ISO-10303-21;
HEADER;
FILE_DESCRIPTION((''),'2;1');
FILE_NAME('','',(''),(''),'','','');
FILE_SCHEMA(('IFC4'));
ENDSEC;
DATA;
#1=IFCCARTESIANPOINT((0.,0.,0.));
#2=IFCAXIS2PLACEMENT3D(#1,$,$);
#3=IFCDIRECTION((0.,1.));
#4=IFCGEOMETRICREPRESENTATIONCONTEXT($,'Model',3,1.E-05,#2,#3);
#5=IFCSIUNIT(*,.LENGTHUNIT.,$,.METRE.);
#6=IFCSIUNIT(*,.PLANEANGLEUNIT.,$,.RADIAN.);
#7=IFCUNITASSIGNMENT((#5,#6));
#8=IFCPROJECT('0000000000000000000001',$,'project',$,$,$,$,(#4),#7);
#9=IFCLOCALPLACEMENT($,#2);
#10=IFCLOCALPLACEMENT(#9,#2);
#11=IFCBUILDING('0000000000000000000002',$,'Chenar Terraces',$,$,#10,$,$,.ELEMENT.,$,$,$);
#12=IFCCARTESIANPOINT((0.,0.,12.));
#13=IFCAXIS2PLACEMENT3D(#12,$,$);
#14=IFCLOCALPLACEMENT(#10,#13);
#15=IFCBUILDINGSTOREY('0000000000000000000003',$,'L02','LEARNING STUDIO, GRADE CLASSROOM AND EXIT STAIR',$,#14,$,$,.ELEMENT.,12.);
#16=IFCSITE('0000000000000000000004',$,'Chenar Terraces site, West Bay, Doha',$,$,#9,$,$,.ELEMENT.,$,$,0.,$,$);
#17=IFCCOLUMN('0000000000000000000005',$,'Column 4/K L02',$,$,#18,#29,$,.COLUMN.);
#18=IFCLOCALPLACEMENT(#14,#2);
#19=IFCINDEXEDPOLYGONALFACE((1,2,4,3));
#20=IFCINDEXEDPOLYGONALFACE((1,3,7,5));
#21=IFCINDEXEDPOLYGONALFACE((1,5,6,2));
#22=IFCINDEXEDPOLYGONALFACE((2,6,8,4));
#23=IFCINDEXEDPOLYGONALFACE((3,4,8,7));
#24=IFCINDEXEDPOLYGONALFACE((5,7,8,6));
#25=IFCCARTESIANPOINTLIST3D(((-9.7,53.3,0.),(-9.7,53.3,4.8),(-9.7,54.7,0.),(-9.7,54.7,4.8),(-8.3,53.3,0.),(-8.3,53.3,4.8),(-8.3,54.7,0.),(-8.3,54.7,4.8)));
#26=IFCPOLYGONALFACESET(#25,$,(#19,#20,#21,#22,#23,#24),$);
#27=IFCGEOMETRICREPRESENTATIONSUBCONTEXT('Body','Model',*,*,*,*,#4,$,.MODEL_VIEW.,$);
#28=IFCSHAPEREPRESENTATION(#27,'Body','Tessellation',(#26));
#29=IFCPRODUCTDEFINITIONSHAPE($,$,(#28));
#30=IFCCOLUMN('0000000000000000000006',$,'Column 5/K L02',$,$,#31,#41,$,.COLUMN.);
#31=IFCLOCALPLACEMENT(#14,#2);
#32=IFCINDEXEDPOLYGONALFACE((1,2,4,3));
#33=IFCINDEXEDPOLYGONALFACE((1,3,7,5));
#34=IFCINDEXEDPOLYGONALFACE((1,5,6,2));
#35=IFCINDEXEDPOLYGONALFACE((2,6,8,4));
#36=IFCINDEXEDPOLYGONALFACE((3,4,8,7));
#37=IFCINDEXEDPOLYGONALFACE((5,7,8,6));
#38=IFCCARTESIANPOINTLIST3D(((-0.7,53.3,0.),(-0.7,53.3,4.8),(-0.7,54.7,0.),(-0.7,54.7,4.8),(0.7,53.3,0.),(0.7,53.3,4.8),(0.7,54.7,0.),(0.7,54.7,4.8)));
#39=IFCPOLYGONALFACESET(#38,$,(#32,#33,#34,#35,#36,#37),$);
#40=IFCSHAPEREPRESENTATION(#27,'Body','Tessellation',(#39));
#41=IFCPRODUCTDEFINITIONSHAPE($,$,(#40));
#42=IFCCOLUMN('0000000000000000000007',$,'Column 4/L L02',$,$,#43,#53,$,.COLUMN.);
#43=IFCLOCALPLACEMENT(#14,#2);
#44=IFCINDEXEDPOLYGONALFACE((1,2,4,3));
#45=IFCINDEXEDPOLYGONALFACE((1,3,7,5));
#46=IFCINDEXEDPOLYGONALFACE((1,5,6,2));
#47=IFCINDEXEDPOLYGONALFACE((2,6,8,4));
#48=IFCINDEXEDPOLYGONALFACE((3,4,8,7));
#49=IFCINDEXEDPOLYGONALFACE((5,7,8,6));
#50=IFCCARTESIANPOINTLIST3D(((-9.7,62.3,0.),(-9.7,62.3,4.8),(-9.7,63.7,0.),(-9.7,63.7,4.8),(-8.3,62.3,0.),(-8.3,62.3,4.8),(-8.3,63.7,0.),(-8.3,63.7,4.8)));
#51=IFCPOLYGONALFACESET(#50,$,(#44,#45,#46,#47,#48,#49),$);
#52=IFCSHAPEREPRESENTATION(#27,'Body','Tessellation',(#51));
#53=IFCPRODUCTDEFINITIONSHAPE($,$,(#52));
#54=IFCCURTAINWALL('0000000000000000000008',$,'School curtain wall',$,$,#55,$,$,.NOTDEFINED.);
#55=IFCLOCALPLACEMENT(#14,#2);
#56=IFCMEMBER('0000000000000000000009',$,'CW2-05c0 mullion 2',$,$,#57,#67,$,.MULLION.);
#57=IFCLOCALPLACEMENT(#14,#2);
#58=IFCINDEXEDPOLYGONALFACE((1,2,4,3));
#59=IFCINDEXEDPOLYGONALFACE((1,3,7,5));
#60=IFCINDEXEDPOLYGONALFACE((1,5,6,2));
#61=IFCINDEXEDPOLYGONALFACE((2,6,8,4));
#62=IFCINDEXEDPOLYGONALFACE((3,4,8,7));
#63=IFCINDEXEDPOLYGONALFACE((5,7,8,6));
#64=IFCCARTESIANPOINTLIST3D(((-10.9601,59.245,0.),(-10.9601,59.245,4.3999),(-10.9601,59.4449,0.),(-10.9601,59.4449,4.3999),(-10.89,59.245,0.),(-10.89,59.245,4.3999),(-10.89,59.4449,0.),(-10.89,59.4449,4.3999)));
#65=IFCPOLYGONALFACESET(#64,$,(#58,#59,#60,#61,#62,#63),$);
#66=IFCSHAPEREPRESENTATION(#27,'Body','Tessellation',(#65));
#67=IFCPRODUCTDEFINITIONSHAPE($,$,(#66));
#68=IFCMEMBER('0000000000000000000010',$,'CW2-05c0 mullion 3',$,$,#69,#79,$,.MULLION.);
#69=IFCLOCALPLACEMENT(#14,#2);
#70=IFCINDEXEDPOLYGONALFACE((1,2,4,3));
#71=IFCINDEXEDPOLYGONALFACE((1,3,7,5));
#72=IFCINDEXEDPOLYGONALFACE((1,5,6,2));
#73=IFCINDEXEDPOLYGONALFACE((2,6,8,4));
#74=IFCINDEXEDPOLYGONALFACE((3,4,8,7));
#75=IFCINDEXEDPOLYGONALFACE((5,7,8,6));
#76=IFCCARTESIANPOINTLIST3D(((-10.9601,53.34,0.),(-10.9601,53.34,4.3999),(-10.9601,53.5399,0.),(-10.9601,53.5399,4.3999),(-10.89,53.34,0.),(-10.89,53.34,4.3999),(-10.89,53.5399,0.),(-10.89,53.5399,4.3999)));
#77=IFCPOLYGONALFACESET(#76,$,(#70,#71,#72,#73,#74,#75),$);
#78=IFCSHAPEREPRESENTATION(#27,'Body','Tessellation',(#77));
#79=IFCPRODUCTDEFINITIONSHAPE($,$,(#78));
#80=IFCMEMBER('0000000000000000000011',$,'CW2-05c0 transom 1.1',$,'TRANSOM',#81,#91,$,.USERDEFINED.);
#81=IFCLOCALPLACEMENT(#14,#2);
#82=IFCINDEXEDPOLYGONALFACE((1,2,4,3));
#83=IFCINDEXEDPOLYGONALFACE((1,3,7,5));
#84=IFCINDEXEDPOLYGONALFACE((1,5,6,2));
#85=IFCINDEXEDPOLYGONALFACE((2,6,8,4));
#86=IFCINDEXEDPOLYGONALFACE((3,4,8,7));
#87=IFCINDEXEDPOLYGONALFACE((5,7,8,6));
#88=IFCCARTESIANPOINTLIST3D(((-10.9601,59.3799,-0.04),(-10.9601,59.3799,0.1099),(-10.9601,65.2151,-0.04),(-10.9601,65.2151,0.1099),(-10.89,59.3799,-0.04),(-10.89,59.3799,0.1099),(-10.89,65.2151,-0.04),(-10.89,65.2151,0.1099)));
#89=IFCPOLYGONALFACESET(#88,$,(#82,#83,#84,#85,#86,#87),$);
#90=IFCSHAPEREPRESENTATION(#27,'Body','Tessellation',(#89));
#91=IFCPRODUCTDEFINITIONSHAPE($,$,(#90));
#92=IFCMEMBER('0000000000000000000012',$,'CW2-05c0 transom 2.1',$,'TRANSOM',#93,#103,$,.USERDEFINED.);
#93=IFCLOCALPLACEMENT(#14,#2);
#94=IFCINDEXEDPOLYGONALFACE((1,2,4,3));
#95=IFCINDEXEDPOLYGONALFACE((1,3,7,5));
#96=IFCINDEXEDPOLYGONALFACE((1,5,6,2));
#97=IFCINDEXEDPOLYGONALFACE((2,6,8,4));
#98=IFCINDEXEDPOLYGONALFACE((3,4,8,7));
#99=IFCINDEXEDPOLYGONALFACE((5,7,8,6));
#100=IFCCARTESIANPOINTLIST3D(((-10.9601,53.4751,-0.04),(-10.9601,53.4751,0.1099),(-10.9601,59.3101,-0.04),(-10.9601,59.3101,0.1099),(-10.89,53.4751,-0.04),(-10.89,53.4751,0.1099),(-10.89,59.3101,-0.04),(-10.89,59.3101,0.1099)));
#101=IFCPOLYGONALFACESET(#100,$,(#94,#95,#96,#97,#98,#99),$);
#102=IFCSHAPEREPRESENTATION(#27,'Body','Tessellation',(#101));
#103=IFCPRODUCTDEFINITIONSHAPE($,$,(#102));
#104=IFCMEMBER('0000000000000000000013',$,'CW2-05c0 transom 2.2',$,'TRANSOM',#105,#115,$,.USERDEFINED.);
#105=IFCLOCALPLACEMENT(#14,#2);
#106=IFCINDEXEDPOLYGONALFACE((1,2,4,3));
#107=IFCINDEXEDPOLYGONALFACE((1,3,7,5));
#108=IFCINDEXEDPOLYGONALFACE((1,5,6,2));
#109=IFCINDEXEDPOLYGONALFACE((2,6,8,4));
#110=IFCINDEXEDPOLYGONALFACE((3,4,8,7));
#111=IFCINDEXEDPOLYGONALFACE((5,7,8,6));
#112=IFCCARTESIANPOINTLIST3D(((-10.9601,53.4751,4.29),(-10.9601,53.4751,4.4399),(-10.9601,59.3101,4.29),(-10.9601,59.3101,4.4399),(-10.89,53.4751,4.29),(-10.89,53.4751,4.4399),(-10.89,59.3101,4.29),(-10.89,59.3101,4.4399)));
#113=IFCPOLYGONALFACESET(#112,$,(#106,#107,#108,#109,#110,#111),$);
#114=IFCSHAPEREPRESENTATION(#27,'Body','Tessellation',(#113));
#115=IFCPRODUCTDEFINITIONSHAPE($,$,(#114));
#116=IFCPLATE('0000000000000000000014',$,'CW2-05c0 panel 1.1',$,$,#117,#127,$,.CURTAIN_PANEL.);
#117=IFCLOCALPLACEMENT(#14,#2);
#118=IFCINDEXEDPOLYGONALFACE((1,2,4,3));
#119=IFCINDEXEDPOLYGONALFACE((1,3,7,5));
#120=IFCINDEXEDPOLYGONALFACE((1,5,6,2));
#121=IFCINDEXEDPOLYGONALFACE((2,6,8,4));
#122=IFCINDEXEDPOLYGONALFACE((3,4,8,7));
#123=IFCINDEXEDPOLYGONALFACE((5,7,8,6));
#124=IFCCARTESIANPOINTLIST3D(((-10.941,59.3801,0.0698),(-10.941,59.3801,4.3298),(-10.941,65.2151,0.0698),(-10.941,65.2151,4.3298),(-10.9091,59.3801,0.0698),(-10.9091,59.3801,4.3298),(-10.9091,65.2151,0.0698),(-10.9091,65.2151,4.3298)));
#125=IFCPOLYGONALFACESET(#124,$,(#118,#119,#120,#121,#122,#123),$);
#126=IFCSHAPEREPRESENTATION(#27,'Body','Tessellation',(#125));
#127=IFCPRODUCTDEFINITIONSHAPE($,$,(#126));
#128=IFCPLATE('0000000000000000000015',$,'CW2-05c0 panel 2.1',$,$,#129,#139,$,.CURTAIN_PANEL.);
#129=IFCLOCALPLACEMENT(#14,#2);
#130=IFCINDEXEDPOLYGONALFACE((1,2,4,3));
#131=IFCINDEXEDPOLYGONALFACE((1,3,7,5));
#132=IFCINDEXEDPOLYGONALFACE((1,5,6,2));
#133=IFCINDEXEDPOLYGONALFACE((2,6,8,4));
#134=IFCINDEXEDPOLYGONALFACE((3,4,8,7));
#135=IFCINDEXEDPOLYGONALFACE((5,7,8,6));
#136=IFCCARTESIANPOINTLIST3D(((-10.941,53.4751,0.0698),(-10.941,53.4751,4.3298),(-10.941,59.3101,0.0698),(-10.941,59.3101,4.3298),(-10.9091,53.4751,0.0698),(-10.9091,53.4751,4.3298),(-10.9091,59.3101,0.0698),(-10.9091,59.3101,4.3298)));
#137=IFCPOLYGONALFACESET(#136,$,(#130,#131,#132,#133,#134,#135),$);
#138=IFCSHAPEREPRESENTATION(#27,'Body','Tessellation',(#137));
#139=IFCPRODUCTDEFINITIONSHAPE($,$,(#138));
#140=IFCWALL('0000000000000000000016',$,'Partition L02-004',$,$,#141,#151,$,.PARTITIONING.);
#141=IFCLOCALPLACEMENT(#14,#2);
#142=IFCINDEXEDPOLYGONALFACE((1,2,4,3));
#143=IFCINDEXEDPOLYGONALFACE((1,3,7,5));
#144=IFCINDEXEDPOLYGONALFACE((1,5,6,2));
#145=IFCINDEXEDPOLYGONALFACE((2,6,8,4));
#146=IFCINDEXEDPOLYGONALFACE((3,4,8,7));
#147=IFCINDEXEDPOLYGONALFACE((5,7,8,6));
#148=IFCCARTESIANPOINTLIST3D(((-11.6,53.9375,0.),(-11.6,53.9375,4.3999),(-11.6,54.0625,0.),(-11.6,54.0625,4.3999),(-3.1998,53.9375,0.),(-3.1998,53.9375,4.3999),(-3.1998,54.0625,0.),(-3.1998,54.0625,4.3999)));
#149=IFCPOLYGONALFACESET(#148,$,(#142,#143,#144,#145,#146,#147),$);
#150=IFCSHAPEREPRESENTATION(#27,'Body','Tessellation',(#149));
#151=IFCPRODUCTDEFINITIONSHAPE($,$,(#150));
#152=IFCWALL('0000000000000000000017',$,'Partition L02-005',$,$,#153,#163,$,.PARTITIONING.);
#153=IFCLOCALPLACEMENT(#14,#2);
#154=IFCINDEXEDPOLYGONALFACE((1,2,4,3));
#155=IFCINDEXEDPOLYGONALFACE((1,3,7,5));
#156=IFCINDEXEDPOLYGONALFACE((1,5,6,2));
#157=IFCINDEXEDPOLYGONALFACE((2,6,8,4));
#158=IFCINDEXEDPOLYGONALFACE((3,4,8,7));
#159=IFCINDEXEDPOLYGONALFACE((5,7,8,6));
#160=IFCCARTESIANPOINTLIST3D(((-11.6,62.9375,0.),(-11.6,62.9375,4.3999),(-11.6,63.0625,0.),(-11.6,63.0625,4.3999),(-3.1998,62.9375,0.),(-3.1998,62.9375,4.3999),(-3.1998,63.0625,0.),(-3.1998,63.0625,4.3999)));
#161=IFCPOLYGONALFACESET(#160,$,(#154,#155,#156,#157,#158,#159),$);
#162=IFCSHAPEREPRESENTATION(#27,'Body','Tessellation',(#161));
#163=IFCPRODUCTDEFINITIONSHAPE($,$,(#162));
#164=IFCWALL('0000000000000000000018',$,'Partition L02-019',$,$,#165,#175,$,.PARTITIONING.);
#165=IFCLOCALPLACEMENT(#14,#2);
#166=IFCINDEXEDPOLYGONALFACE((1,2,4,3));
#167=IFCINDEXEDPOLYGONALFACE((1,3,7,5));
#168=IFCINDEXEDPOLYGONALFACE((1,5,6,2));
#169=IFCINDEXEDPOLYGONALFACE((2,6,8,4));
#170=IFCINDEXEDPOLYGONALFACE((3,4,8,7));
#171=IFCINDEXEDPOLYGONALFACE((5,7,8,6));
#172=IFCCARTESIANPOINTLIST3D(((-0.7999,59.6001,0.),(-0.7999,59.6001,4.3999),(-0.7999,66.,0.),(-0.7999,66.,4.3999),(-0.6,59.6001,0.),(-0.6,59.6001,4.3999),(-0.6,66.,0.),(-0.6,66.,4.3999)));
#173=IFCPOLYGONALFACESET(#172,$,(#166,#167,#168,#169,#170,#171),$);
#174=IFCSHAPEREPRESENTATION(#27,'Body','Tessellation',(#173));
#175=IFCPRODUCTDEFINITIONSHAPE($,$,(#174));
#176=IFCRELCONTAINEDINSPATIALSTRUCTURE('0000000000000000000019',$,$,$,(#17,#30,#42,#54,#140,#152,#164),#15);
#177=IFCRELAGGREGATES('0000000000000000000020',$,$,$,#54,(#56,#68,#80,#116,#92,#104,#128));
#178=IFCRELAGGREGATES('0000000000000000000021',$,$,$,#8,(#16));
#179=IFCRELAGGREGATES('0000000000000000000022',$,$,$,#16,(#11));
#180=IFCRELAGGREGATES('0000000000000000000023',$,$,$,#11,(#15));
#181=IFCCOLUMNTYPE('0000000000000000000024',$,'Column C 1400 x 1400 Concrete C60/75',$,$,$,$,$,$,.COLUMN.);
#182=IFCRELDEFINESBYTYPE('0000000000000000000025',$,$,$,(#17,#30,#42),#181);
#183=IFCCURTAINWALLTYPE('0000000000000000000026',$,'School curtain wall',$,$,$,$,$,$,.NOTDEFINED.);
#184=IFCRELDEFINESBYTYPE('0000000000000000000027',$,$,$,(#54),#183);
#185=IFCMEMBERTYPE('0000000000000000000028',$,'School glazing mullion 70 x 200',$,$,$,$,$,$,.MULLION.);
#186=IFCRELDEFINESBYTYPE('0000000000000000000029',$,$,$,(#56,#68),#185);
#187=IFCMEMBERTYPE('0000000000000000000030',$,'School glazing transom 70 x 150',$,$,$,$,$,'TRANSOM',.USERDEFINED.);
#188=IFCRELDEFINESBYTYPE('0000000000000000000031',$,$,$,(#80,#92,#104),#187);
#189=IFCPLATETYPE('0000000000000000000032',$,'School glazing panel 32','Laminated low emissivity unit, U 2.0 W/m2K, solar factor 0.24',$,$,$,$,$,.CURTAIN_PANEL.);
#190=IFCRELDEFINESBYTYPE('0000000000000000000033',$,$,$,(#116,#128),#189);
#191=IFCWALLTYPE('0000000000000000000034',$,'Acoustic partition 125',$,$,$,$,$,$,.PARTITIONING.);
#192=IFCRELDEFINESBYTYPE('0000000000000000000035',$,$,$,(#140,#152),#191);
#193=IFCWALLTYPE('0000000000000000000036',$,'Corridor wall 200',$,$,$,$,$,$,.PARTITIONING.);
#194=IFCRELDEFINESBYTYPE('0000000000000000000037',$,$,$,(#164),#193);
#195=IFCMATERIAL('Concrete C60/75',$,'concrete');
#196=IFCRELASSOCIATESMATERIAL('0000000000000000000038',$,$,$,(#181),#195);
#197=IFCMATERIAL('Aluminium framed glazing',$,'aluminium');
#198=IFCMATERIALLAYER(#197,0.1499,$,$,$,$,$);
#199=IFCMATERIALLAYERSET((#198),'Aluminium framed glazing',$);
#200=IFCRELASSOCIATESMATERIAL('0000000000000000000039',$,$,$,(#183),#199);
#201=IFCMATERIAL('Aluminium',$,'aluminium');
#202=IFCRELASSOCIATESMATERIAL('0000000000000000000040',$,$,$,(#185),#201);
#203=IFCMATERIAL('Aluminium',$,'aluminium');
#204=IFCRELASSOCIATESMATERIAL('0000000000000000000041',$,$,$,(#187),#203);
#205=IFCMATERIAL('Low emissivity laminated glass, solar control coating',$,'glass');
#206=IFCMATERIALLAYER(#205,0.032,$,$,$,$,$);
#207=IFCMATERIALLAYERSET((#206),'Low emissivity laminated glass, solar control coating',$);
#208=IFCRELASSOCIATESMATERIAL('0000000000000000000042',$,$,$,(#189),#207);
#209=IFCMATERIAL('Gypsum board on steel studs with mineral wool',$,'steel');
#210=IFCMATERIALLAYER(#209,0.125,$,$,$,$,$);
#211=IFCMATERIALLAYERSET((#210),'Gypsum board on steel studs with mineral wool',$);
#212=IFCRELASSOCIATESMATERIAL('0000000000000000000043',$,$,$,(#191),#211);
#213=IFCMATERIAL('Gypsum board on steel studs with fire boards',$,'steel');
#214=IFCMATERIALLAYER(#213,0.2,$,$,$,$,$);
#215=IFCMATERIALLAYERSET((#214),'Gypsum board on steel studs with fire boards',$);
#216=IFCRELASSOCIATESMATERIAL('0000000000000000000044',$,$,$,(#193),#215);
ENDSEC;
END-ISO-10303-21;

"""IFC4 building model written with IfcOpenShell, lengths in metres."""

from ifc_helpers import new_model, si_unit, direction, frame, frame_2d, origin, origin_2d, place, context, subcontext, project, spatial, rectangle, extrude, material, layer, layer_set, material_profile, profile_set, type_object, element, aggregate, save


model = new_model("IFC4")

# Units and contexts
model_context = context("Model", 3, precision=1e-05, world=origin(), true_north=direction((0.0, 1.0)))
body_context = subcontext(model_context, "Body", "Model", "MODEL_VIEW")
ifc_project = project(units=[si_unit("LENGTHUNIT", "METRE"), si_unit("PLANEANGLEUNIT", "RADIAN")], contexts=[model_context])

# Site, building, storey
site_placement = place(None, origin())
site = spatial("IfcSite", under=ifc_project, at=site_placement, Name="Chenar Terraces site, West Bay, Doha", CompositionType="ELEMENT", RefElevation=0.0)
building_placement = place(site_placement, origin())
building = spatial("IfcBuilding", under=site, at=building_placement, Name="Chenar Terraces", CompositionType="ELEMENT")
storey_placement = place(building_placement, frame((0.0, 0.0, 12.0)))
storey = spatial("IfcBuildingStorey", under=building, at=storey_placement, Name="L02", Description="LEARNING STUDIO, GRADE CLASSROOM AND EXIT STAIR", CompositionType="ELEMENT", Elevation=12.0)

# Columns
ifc_material_1 = material(Name="Concrete C60/75", Category="concrete")
ifc_material_profile_1 = material_profile(ifc_material_1, rectangle(XDim=1.3999, YDim=1.3999, at=origin_2d()), Name="C 1400 x 1400")
ifc_profile_set_1 = profile_set([ifc_material_profile_1], Name="Concrete C60/75")
column_type = type_object("IfcColumnType", Name="Column C 1400 x 1400 Concrete C60/75", PredefinedType="COLUMN", material=ifc_profile_set_1)
for number, where, z_axis, x_axis, name in (
    (1, (-9.0, 54.0, 0.0), (0.0, 0.0, 1.0), (1.0, 0.0, 0.0), "Column 4/K L02"),
    (2, (0.0, 54.0, 0.0), (0.0, 0.0, 1.0), (1.0, 0.0, 0.0), "Column 5/K L02"),
    (3, (-9.0, 63.0, 0.0), (0.0, 0.0, 1.0), (1.0, 0.0, 0.0), "Column 4/L L02"),
):
    element("IfcColumn", number, at=place(storey_placement, frame(where, z_axis=z_axis, x_axis=x_axis)), inside=storey, type_object=column_type, Name=name, PredefinedType="COLUMN", context=body_context, shape_type="SweptSolid", body=[
        extrude(rectangle(XDim=1.3999, YDim=1.3999, at=origin_2d()), origin(), (0.0, 0.0, 1.0), 4.8),
    ])

# Curtain wall, members, plates
ifc_material_2 = material(Name="Aluminium framed glazing", Category="aluminium")
ifc_layer_1 = layer(ifc_material_2, 0.1499)
ifc_layer_set_1 = layer_set([ifc_layer_1], Name="Aluminium framed glazing")
curtain_wall_type = type_object("IfcCurtainWallType", Name="School curtain wall", PredefinedType="NOTDEFINED", material=ifc_layer_set_1)
curtain_wall_placement = place(storey_placement, origin())
curtain_wall = element("IfcCurtainWall", 4, at=curtain_wall_placement, inside=storey, type_object=curtain_wall_type, Name="School curtain wall", PredefinedType="NOTDEFINED")
ifc_material_3 = material(Name="Aluminium", Category="aluminium")
ifc_material_profile_2 = material_profile(ifc_material_3, rectangle(XDim=0.0701, YDim=0.2, at=origin_2d()), Name="School glazing mullion 70 x 200")
ifc_profile_set_2 = profile_set([ifc_material_profile_2], Name="Aluminium")
member_type_1 = type_object("IfcMemberType", Name="School glazing mullion 70 x 200", PredefinedType="MULLION", material=ifc_profile_set_2)
member_1_placement = place(storey_placement, frame((-10.925, 59.345, 0.0), z_axis=(0.0, 0.0, 1.0), x_axis=(1.0, 0.0, 0.0)))
member_1 = element("IfcMember", 5, at=member_1_placement, type_object=member_type_1, Name="CW2-05c0 mullion 2", PredefinedType="MULLION", context=body_context, shape_type="SweptSolid", body=[
    extrude(rectangle(XDim=0.0701, YDim=0.2, at=origin_2d()), origin(), (0.0, 0.0, 1.0), 4.3999),
])
member_2_placement = place(storey_placement, frame((-10.925, 53.4399, 0.0), z_axis=(0.0, 0.0, 1.0), x_axis=(1.0, 0.0, 0.0)))
member_2 = element("IfcMember", 6, at=member_2_placement, type_object=member_type_1, Name="CW2-05c0 mullion 3", PredefinedType="MULLION", context=body_context, shape_type="SweptSolid", body=[
    extrude(rectangle(XDim=0.0701, YDim=0.2, at=origin_2d()), origin(), (0.0, 0.0, 1.0), 4.3999),
])
ifc_material_4 = material(Name="Aluminium", Category="aluminium")
ifc_material_profile_3 = material_profile(ifc_material_4, rectangle(XDim=0.0701, YDim=0.1499, at=origin_2d()), Name="School glazing transom 70 x 150")
ifc_profile_set_3 = profile_set([ifc_material_profile_3], Name="Aluminium")
member_type_2 = type_object("IfcMemberType", Name="School glazing transom 70 x 150", ElementType="TRANSOM", PredefinedType="USERDEFINED", material=ifc_profile_set_3)
member_3_placement = place(storey_placement, frame((-10.925, 65.2151, 0.0349), z_axis=(0.0, -1.0, 0.0), x_axis=(1.0, 0.0, 0.0)))
member_3 = element("IfcMember", 7, at=member_3_placement, type_object=member_type_2, Name="CW2-05c0 transom 1.1", ObjectType="TRANSOM", PredefinedType="USERDEFINED", context=body_context, shape_type="SweptSolid", body=[
    extrude(rectangle(XDim=0.0701, YDim=0.1499, at=origin_2d()), origin(), (0.0, 0.0, 1.0), 5.8352),
])
member_4_placement = place(storey_placement, frame((-10.925, 59.3101, 0.0349), z_axis=(0.0, -1.0, 0.0), x_axis=(1.0, 0.0, 0.0)))
member_4 = element("IfcMember", 8, at=member_4_placement, type_object=member_type_2, Name="CW2-05c0 transom 2.1", ObjectType="TRANSOM", PredefinedType="USERDEFINED", context=body_context, shape_type="SweptSolid", body=[
    extrude(rectangle(XDim=0.0701, YDim=0.1499, at=origin_2d()), origin(), (0.0, 0.0, 1.0), 5.835),
])
member_5_placement = place(storey_placement, frame((-10.925, 59.3101, 4.365), z_axis=(0.0, -1.0, 0.0), x_axis=(1.0, 0.0, 0.0)))
member_5 = element("IfcMember", 9, at=member_5_placement, type_object=member_type_2, Name="CW2-05c0 transom 2.2", ObjectType="TRANSOM", PredefinedType="USERDEFINED", context=body_context, shape_type="SweptSolid", body=[
    extrude(rectangle(XDim=0.0701, YDim=0.1499, at=origin_2d()), origin(), (0.0, 0.0, 1.0), 5.835),
])
ifc_material_5 = material(Name="Low emissivity laminated glass, solar control coating", Category="glass")
ifc_layer_2 = layer(ifc_material_5, 0.032)
ifc_layer_set_2 = layer_set([ifc_layer_2], Name="Low emissivity laminated glass, solar control coating")
plate_type = type_object("IfcPlateType", Name="School glazing panel 32", Description="Laminated low emissivity unit, U 2.0 W/m2K, solar factor 0.24", PredefinedType="CURTAIN_PANEL", material=ifc_layer_set_2)
plate_1_placement = place(storey_placement, frame((-10.925, 62.2976, 0.0698), z_axis=(0.0, 0.0, 1.0), x_axis=(0.0, -1.0, 0.0)))
plate_1 = element("IfcPlate", 10, at=plate_1_placement, type_object=plate_type, Name="CW2-05c0 panel 1.1", PredefinedType="CURTAIN_PANEL", context=body_context, shape_type="SweptSolid", body=[
    extrude(rectangle(XDim=5.835, YDim=0.032, at=origin_2d()), origin(), (0.0, 0.0, 1.0), 4.26),
])
plate_2_placement = place(storey_placement, frame((-10.925, 56.3926, 0.0698), z_axis=(0.0, 0.0, 1.0), x_axis=(0.0, -1.0, 0.0)))
plate_2 = element("IfcPlate", 11, at=plate_2_placement, type_object=plate_type, Name="CW2-05c0 panel 2.1", PredefinedType="CURTAIN_PANEL", context=body_context, shape_type="SweptSolid", body=[
    extrude(rectangle(XDim=5.835, YDim=0.032, at=origin_2d()), origin(), (0.0, 0.0, 1.0), 4.26),
])
aggregate(curtain_wall, [member_1, member_2, member_3, plate_1, member_4, member_5, plate_2])

# Walls
ifc_material_6 = material(Name="Gypsum board on steel studs with mineral wool", Category="steel")
ifc_layer_3 = layer(ifc_material_6, 0.125)
ifc_layer_set_3 = layer_set([ifc_layer_3], Name="Gypsum board on steel studs with mineral wool")
wall_type_1 = type_object("IfcWallType", Name="Acoustic partition 125", PredefinedType="PARTITIONING", material=ifc_layer_set_3)
for number, where, z_axis, x_axis, name in (
    (12, (-11.6001, 54.0, 0.0), (0.0, 0.0, 1.0), (1.0, 0.0, 0.0), "Partition L02-004"),
    (13, (-11.6001, 63.0, 0.0), (0.0, 0.0, 1.0), (1.0, 0.0, 0.0), "Partition L02-005"),
):
    element("IfcWall", number, at=place(storey_placement, frame(where, z_axis=z_axis, x_axis=x_axis)), inside=storey, type_object=wall_type_1, Name=name, PredefinedType="PARTITIONING", context=body_context, shape_type="SweptSolid", body=[
        extrude(rectangle(XDim=8.4001, YDim=0.125, at=frame_2d((4.2002, 0.0))), origin(), (0.0, 0.0, 1.0), 4.3999),
    ])
ifc_material_7 = material(Name="Gypsum board on steel studs with fire boards", Category="steel")
ifc_layer_4 = layer(ifc_material_7, 0.2)
ifc_layer_set_4 = layer_set([ifc_layer_4], Name="Gypsum board on steel studs with fire boards")
wall_type_2 = type_object("IfcWallType", Name="Corridor wall 200", PredefinedType="PARTITIONING", material=ifc_layer_set_4)
wall_1_placement = place(storey_placement, frame((-0.7, 59.6001, 0.0), z_axis=(0.0, 0.0, 1.0), x_axis=(0.0, 1.0, 0.0)))
element("IfcWall", 14, at=wall_1_placement, inside=storey, type_object=wall_type_2, Name="Partition L02-019", PredefinedType="PARTITIONING", context=body_context, shape_type="SweptSolid", body=[
    extrude(rectangle(XDim=6.3999, YDim=0.2, at=frame_2d((3.2, 0.0))), origin(), (0.0, 0.0, 1.0), 4.3999),
])

save(model, "model.ifc")
